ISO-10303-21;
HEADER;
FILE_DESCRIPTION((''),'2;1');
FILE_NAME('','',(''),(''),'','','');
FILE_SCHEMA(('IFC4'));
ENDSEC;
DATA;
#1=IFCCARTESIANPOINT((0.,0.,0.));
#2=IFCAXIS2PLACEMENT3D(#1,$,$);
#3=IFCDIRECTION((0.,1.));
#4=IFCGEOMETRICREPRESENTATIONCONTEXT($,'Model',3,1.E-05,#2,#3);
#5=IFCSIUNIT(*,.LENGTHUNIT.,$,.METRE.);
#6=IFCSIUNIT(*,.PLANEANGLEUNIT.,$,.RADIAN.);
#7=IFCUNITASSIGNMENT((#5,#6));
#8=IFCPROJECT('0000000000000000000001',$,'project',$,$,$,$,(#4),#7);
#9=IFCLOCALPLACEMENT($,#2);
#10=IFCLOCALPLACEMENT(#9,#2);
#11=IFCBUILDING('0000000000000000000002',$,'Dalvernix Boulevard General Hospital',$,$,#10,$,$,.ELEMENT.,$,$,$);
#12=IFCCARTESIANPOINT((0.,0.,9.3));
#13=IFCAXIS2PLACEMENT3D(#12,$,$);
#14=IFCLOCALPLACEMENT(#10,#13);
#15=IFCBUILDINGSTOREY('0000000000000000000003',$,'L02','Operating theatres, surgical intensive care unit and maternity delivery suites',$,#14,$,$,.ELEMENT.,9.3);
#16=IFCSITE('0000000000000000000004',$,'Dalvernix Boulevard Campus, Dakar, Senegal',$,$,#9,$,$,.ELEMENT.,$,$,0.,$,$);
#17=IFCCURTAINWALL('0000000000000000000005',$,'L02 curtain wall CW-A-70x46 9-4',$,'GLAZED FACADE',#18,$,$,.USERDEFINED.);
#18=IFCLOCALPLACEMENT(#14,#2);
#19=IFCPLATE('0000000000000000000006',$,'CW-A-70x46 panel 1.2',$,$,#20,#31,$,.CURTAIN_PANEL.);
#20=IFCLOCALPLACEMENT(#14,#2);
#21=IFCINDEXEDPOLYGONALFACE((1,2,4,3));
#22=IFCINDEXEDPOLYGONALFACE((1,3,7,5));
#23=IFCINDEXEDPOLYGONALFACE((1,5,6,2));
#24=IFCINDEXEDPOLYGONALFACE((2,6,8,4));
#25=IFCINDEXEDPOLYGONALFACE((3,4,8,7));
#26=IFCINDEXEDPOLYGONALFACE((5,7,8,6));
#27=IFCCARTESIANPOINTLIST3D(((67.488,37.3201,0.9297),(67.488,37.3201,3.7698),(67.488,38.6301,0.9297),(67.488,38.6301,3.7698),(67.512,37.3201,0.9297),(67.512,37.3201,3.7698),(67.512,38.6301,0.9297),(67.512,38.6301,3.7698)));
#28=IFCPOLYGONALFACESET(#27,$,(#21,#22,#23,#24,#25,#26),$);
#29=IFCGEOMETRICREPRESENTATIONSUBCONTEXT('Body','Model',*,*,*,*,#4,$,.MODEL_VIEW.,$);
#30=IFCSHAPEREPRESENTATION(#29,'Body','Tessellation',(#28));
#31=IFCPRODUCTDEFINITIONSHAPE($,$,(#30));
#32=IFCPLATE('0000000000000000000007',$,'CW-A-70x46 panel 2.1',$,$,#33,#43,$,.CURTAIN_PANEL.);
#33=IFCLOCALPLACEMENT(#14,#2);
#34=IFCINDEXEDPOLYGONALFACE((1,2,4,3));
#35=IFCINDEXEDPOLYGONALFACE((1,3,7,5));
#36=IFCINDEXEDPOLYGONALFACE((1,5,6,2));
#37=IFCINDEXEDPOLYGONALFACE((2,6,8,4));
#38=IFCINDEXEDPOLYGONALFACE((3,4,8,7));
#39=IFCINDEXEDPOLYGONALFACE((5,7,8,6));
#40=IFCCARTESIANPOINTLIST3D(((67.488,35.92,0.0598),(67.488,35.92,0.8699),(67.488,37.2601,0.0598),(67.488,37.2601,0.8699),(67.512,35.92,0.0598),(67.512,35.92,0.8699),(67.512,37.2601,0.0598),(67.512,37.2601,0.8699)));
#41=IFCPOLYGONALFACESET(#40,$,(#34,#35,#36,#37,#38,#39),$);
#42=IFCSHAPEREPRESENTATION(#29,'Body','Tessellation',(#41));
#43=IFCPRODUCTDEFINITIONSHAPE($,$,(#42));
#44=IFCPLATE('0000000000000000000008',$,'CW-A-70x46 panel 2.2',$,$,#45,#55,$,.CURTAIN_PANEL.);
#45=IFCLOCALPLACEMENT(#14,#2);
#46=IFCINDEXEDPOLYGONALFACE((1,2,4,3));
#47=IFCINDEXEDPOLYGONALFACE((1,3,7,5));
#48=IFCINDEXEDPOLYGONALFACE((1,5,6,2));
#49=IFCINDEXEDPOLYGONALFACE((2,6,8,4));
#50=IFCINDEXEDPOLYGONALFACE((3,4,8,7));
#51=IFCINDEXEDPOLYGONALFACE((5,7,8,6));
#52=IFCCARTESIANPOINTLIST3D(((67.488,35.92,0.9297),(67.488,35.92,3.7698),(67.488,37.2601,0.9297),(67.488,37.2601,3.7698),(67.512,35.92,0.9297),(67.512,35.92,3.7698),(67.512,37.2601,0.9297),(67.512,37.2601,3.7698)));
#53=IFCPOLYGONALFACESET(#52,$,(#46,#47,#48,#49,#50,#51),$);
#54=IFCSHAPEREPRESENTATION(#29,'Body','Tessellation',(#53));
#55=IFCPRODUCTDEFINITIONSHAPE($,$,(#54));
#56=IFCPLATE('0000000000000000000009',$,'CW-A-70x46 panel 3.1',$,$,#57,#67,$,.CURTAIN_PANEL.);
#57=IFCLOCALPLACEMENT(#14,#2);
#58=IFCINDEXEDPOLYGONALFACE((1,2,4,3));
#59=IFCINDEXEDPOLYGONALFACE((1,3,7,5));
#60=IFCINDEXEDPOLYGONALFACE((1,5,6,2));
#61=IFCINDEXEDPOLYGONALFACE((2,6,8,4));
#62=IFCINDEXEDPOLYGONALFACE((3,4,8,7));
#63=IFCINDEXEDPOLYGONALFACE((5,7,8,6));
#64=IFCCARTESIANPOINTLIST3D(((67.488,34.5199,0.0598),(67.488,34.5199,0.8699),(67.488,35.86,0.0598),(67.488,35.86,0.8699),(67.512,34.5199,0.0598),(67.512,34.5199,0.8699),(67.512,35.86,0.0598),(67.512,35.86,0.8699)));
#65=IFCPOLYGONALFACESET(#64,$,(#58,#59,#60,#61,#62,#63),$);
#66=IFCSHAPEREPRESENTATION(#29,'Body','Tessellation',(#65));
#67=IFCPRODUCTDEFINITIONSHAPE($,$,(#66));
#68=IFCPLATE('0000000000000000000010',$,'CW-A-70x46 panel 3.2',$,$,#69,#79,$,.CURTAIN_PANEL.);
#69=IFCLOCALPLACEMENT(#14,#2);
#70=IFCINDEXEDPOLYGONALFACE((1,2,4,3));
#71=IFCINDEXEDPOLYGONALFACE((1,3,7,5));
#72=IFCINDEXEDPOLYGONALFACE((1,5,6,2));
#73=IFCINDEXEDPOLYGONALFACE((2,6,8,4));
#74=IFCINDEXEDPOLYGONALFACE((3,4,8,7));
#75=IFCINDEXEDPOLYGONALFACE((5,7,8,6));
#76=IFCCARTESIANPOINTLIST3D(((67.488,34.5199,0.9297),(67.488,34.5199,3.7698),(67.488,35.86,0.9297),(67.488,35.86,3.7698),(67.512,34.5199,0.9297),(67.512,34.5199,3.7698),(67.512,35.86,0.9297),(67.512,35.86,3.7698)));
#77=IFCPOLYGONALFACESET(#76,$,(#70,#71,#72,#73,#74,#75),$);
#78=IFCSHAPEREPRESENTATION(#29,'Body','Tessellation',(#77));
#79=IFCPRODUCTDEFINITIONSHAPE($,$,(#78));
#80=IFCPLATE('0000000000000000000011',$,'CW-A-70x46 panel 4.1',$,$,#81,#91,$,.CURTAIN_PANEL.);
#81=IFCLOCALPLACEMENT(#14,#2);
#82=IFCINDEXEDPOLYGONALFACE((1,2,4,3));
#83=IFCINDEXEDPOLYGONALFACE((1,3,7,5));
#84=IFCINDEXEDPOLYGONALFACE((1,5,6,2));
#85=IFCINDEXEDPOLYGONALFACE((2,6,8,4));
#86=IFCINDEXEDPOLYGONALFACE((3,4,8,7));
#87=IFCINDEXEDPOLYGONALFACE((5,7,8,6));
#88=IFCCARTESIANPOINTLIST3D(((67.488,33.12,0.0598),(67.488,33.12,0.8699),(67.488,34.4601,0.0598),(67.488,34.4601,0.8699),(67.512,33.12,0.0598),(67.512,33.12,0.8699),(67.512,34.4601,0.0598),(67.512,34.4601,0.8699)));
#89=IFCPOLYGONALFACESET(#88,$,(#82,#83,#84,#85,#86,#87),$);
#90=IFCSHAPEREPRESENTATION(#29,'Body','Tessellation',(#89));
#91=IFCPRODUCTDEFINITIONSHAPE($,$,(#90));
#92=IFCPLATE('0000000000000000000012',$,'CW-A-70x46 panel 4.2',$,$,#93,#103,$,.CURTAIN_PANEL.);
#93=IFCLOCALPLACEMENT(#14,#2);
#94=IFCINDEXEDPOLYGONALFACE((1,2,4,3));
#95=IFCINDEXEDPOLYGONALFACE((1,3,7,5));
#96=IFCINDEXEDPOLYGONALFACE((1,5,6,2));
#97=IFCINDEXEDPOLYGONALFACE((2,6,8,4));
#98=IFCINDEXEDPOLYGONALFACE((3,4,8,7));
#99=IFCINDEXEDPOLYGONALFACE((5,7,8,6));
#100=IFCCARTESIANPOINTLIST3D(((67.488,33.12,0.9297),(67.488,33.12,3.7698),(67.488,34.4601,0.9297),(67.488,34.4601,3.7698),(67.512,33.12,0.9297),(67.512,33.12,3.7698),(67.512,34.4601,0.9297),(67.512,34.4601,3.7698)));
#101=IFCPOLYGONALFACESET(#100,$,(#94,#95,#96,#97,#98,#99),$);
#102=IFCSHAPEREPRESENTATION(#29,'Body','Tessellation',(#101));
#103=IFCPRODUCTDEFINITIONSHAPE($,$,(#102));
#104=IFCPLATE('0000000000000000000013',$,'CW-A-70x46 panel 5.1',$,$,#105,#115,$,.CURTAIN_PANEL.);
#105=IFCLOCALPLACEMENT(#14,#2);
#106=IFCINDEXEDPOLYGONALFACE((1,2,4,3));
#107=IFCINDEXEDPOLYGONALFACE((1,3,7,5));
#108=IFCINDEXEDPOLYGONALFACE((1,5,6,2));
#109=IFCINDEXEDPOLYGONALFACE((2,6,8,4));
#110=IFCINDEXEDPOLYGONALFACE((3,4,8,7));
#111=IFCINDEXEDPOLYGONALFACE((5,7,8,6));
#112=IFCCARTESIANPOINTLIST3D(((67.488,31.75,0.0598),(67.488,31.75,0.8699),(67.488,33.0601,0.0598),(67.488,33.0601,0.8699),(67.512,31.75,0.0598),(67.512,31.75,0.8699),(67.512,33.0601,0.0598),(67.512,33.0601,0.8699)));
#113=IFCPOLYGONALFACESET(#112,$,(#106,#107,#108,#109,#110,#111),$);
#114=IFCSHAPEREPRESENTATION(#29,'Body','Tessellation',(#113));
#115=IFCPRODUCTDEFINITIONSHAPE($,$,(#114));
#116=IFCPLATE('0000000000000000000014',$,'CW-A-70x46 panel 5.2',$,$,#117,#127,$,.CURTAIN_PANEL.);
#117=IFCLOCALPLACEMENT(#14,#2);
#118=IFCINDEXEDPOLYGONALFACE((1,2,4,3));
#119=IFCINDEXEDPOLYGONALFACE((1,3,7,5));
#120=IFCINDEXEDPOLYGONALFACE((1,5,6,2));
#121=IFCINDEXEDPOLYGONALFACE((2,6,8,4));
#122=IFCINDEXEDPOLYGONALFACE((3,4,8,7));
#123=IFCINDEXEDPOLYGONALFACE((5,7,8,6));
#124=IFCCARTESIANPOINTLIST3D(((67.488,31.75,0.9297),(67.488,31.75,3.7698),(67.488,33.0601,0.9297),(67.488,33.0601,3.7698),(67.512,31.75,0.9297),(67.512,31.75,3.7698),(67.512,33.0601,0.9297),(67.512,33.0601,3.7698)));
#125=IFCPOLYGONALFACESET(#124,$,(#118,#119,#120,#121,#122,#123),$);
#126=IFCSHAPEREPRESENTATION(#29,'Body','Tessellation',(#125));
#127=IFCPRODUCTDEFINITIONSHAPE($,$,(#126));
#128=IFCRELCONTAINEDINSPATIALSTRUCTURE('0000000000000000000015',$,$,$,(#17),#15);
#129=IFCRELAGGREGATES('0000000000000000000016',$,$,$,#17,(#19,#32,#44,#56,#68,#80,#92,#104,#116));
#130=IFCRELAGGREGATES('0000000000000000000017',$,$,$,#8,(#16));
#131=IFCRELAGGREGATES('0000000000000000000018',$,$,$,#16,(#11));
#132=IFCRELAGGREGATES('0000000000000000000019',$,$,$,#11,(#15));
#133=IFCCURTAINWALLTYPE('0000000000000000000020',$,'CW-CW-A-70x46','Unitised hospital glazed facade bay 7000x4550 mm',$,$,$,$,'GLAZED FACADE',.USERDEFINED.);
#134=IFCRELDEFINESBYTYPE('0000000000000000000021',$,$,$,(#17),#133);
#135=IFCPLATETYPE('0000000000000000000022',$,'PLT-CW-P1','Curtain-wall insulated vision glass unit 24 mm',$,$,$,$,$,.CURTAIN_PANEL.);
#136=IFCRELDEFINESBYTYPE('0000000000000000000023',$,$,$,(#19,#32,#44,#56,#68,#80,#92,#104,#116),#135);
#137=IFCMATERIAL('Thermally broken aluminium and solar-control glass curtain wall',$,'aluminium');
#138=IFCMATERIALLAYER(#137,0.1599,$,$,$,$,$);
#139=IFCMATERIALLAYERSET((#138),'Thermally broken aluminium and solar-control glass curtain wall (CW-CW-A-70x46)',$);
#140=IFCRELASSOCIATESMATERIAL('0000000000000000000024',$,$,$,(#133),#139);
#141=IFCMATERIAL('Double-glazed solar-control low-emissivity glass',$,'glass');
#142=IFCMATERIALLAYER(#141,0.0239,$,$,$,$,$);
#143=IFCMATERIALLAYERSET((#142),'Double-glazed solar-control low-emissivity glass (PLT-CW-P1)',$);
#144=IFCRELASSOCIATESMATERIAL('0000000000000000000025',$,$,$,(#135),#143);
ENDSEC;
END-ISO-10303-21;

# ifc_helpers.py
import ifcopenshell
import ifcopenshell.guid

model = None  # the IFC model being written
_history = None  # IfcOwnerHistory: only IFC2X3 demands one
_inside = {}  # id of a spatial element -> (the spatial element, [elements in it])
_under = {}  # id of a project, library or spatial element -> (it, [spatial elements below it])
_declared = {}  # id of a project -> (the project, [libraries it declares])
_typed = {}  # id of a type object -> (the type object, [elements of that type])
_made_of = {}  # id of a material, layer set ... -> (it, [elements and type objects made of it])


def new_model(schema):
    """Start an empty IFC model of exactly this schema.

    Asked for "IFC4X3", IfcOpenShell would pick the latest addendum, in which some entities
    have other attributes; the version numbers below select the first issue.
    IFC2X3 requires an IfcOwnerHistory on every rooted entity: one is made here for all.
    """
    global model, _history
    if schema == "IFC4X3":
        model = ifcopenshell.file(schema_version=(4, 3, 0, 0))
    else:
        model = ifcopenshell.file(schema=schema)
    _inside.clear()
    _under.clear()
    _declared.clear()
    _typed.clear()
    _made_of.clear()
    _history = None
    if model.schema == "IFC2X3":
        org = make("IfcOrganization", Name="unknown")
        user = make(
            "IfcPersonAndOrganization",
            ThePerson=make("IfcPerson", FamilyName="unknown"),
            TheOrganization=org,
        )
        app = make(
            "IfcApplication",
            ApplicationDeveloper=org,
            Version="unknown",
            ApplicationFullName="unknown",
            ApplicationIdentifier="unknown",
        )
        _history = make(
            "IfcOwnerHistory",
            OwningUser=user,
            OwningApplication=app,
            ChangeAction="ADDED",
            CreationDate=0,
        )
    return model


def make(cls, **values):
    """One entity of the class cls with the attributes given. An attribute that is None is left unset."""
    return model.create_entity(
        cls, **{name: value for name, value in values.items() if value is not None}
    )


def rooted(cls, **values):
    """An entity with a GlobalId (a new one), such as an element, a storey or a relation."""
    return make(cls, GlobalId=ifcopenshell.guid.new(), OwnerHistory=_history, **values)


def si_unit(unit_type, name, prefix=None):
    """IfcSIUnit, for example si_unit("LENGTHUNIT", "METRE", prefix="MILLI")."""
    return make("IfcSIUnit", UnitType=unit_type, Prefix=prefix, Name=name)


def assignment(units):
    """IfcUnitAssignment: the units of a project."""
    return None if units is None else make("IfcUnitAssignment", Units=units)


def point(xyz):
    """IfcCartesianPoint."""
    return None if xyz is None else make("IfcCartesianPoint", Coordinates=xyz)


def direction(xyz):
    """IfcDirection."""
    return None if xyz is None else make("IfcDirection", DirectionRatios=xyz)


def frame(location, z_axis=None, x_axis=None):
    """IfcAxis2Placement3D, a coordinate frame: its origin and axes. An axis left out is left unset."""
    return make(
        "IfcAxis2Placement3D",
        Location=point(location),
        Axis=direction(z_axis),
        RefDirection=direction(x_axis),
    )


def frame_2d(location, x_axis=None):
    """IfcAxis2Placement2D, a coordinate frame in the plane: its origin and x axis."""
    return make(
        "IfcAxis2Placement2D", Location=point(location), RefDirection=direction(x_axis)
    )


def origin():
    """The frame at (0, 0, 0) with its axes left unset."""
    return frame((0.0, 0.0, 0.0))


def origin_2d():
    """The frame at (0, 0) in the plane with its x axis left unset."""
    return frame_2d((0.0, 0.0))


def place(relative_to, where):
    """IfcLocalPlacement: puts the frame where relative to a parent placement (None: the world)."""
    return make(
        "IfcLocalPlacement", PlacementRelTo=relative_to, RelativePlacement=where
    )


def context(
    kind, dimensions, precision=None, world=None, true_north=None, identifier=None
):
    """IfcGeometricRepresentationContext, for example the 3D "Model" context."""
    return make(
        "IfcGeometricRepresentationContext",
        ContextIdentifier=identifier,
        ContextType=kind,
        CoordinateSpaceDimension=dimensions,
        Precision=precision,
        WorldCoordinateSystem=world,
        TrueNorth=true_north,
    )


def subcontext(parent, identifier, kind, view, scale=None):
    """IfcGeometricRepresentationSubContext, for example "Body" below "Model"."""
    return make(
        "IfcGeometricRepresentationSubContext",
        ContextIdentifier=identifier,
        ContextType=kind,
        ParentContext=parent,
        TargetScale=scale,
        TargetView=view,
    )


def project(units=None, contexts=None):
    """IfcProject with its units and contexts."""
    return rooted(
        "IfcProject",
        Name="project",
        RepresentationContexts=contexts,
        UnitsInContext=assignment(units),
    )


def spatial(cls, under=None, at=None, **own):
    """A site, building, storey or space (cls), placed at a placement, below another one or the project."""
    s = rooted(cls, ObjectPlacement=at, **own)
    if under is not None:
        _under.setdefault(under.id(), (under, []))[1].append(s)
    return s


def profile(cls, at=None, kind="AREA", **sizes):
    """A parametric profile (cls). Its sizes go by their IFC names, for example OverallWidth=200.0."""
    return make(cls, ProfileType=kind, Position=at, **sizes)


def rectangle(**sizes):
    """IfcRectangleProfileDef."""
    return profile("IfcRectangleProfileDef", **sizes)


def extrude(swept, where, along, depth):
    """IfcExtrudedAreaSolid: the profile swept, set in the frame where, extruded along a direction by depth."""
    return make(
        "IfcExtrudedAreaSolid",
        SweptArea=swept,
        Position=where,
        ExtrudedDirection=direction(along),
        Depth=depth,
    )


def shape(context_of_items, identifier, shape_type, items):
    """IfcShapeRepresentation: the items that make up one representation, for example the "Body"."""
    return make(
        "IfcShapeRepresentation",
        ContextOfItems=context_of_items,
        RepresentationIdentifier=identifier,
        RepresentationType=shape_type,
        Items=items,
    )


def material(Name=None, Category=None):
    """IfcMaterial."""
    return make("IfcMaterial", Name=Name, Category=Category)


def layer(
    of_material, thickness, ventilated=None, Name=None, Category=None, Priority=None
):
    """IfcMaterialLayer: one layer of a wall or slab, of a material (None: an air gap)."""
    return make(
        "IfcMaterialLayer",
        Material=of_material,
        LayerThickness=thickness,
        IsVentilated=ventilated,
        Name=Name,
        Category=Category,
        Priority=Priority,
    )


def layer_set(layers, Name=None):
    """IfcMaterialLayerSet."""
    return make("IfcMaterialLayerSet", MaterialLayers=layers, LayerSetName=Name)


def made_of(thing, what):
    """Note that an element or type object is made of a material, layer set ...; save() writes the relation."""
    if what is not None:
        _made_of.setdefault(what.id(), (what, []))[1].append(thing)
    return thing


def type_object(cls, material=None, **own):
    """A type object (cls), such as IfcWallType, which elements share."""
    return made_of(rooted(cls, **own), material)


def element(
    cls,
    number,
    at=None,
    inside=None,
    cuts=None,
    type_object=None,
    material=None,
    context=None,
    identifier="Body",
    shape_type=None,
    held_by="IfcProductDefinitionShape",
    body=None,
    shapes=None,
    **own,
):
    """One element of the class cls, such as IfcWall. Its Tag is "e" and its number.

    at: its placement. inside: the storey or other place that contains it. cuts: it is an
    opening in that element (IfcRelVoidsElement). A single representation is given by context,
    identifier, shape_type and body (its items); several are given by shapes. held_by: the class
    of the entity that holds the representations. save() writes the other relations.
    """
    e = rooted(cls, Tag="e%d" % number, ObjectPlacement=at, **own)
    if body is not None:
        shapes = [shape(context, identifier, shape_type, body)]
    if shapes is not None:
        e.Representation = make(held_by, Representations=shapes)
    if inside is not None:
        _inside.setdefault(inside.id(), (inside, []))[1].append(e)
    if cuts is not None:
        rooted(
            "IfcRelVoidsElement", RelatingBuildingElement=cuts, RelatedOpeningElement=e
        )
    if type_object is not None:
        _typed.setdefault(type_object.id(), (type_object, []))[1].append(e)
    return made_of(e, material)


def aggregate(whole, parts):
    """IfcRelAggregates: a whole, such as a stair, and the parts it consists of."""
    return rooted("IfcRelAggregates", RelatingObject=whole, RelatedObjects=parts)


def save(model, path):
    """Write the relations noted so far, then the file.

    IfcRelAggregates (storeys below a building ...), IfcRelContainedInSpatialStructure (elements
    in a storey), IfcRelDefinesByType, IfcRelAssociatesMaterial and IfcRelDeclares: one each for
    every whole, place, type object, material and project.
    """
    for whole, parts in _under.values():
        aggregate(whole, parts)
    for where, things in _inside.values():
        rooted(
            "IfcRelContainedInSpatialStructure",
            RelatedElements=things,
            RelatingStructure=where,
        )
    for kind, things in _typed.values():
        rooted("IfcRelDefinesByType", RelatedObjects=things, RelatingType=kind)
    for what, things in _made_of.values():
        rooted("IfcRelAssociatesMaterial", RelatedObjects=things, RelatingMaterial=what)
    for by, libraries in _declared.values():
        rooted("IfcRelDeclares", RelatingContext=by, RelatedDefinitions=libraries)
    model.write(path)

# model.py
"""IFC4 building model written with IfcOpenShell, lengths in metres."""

from ifc_helpers import new_model, si_unit, direction, frame, origin, origin_2d, place, context, subcontext, project, spatial, rectangle, extrude, material, layer, layer_set, type_object, element, aggregate, save


model = new_model("IFC4")

# Units and contexts
model_context = context("Model", 3, precision=1e-05, world=origin(), true_north=direction((0.0, 1.0)))
body_context = subcontext(model_context, "Body", "Model", "MODEL_VIEW")
ifc_project = project(units=[si_unit("LENGTHUNIT", "METRE"), si_unit("PLANEANGLEUNIT", "RADIAN")], contexts=[model_context])

# Site, building, storey
site_placement = place(None, origin())
site = spatial("IfcSite", under=ifc_project, at=site_placement, Name="Dalvernix Boulevard Campus, Dakar, Senegal", CompositionType="ELEMENT", RefElevation=0.0)
building_placement = place(site_placement, origin())
building = spatial("IfcBuilding", under=site, at=building_placement, Name="Dalvernix Boulevard General Hospital", CompositionType="ELEMENT")
storey_placement = place(building_placement, frame((0.0, 0.0, 9.3)))
storey = spatial("IfcBuildingStorey", under=building, at=storey_placement, Name="L02", Description="Operating theatres, surgical intensive care unit and maternity delivery suites", CompositionType="ELEMENT", Elevation=9.3)

# Curtain wall, plates
ifc_material_1 = material(Name="Thermally broken aluminium and solar-control glass curtain wall", Category="aluminium")
ifc_layer_1 = layer(ifc_material_1, 0.1599)
ifc_layer_set_1 = layer_set([ifc_layer_1], Name="Thermally broken aluminium and solar-control glass curtain wall (CW-CW-A-70x46)")
curtain_wall_type = type_object("IfcCurtainWallType", Name="CW-CW-A-70x46", Description="Unitised hospital glazed facade bay 7000x4550 mm", ElementType="GLAZED FACADE", PredefinedType="USERDEFINED", material=ifc_layer_set_1)
curtain_wall_placement = place(storey_placement, origin())
curtain_wall = element("IfcCurtainWall", 1, at=curtain_wall_placement, inside=storey, type_object=curtain_wall_type, Name="L02 curtain wall CW-A-70x46 9-4", ObjectType="GLAZED FACADE", PredefinedType="USERDEFINED")
ifc_material_2 = material(Name="Double-glazed solar-control low-emissivity glass", Category="glass")
ifc_layer_2 = layer(ifc_material_2, 0.0239)
ifc_layer_set_2 = layer_set([ifc_layer_2], Name="Double-glazed solar-control low-emissivity glass (PLT-CW-P1)")
plate_type = type_object("IfcPlateType", Name="PLT-CW-P1", Description="Curtain-wall insulated vision glass unit 24 mm", PredefinedType="CURTAIN_PANEL", material=ifc_layer_set_2)
plate_1_placement = place(storey_placement, frame((67.5, 37.9751, 0.9297), z_axis=(0.0, 0.0, 1.0), x_axis=(0.0, -1.0, 0.0)))
plate_1 = element("IfcPlate", 2, at=plate_1_placement, type_object=plate_type, Name="CW-A-70x46 panel 1.2", PredefinedType="CURTAIN_PANEL", context=body_context, shape_type="SweptSolid", body=[
    extrude(rectangle(XDim=1.3101, YDim=0.0239, at=origin_2d()), origin(), (0.0, 0.0, 1.0), 2.8401),
])
plate_2_placement = place(storey_placement, frame((67.5, 36.5901, 0.0598), z_axis=(0.0, 0.0, 1.0), x_axis=(0.0, -1.0, 0.0)))
plate_2 = element("IfcPlate", 3, at=plate_2_placement, type_object=plate_type, Name="CW-A-70x46 panel 2.1", PredefinedType="CURTAIN_PANEL", context=body_context, shape_type="SweptSolid", body=[
    extrude(rectangle(XDim=1.3401, YDim=0.0239, at=origin_2d()), origin(), (0.0, 0.0, 1.0), 0.8101),
])
plate_3_placement = place(storey_placement, frame((67.5, 36.5901, 0.9297), z_axis=(0.0, 0.0, 1.0), x_axis=(0.0, -1.0, 0.0)))
plate_3 = element("IfcPlate", 4, at=plate_3_placement, type_object=plate_type, Name="CW-A-70x46 panel 2.2", PredefinedType="CURTAIN_PANEL", context=body_context, shape_type="SweptSolid", body=[
    extrude(rectangle(XDim=1.3401, YDim=0.0239, at=origin_2d()), origin(), (0.0, 0.0, 1.0), 2.8401),
])
plate_4_placement = place(storey_placement, frame((67.5, 35.1899, 0.0598), z_axis=(0.0, 0.0, 1.0), x_axis=(0.0, -1.0, 0.0)))
plate_4 = element("IfcPlate", 5, at=plate_4_placement, type_object=plate_type, Name="CW-A-70x46 panel 3.1", PredefinedType="CURTAIN_PANEL", context=body_context, shape_type="SweptSolid", body=[
    extrude(rectangle(XDim=1.3401, YDim=0.0239, at=origin_2d()), origin(), (0.0, 0.0, 1.0), 0.8101),
])
plate_5_placement = place(storey_placement, frame((67.5, 35.1899, 0.9297), z_axis=(0.0, 0.0, 1.0), x_axis=(0.0, -1.0, 0.0)))
plate_5 = element("IfcPlate", 6, at=plate_5_placement, type_object=plate_type, Name="CW-A-70x46 panel 3.2", PredefinedType="CURTAIN_PANEL", context=body_context, shape_type="SweptSolid", body=[
    extrude(rectangle(XDim=1.3401, YDim=0.0239, at=origin_2d()), origin(), (0.0, 0.0, 1.0), 2.8401),
])
plate_6_placement = place(storey_placement, frame((67.5, 33.79, 0.0598), z_axis=(0.0, 0.0, 1.0), x_axis=(0.0, -1.0, 0.0)))
plate_6 = element("IfcPlate", 7, at=plate_6_placement, type_object=plate_type, Name="CW-A-70x46 panel 4.1", PredefinedType="CURTAIN_PANEL", context=body_context, shape_type="SweptSolid", body=[
    extrude(rectangle(XDim=1.3401, YDim=0.0239, at=origin_2d()), origin(), (0.0, 0.0, 1.0), 0.8101),
])
plate_7_placement = place(storey_placement, frame((67.5, 33.79, 0.9297), z_axis=(0.0, 0.0, 1.0), x_axis=(0.0, -1.0, 0.0)))
plate_7 = element("IfcPlate", 8, at=plate_7_placement, type_object=plate_type, Name="CW-A-70x46 panel 4.2", PredefinedType="CURTAIN_PANEL", context=body_context, shape_type="SweptSolid", body=[
    extrude(rectangle(XDim=1.3401, YDim=0.0239, at=origin_2d()), origin(), (0.0, 0.0, 1.0), 2.8401),
])
plate_8_placement = place(storey_placement, frame((67.5, 32.405, 0.0598), z_axis=(0.0, 0.0, 1.0), x_axis=(0.0, -1.0, 0.0)))
plate_8 = element("IfcPlate", 9, at=plate_8_placement, type_object=plate_type, Name="CW-A-70x46 panel 5.1", PredefinedType="CURTAIN_PANEL", context=body_context, shape_type="SweptSolid", body=[
    extrude(rectangle(XDim=1.3101, YDim=0.0239, at=origin_2d()), origin(), (0.0, 0.0, 1.0), 0.8101),
])
plate_9_placement = place(storey_placement, frame((67.5, 32.405, 0.9297), z_axis=(0.0, 0.0, 1.0), x_axis=(0.0, -1.0, 0.0)))
plate_9 = element("IfcPlate", 10, at=plate_9_placement, type_object=plate_type, Name="CW-A-70x46 panel 5.2", PredefinedType="CURTAIN_PANEL", context=body_context, shape_type="SweptSolid", body=[
    extrude(rectangle(XDim=1.3101, YDim=0.0239, at=origin_2d()), origin(), (0.0, 0.0, 1.0), 2.8401),
])
aggregate(curtain_wall, [plate_1, plate_2, plate_3, plate_4, plate_5, plate_6, plate_7, plate_8, plate_9])

save(model, "model.ifc")
